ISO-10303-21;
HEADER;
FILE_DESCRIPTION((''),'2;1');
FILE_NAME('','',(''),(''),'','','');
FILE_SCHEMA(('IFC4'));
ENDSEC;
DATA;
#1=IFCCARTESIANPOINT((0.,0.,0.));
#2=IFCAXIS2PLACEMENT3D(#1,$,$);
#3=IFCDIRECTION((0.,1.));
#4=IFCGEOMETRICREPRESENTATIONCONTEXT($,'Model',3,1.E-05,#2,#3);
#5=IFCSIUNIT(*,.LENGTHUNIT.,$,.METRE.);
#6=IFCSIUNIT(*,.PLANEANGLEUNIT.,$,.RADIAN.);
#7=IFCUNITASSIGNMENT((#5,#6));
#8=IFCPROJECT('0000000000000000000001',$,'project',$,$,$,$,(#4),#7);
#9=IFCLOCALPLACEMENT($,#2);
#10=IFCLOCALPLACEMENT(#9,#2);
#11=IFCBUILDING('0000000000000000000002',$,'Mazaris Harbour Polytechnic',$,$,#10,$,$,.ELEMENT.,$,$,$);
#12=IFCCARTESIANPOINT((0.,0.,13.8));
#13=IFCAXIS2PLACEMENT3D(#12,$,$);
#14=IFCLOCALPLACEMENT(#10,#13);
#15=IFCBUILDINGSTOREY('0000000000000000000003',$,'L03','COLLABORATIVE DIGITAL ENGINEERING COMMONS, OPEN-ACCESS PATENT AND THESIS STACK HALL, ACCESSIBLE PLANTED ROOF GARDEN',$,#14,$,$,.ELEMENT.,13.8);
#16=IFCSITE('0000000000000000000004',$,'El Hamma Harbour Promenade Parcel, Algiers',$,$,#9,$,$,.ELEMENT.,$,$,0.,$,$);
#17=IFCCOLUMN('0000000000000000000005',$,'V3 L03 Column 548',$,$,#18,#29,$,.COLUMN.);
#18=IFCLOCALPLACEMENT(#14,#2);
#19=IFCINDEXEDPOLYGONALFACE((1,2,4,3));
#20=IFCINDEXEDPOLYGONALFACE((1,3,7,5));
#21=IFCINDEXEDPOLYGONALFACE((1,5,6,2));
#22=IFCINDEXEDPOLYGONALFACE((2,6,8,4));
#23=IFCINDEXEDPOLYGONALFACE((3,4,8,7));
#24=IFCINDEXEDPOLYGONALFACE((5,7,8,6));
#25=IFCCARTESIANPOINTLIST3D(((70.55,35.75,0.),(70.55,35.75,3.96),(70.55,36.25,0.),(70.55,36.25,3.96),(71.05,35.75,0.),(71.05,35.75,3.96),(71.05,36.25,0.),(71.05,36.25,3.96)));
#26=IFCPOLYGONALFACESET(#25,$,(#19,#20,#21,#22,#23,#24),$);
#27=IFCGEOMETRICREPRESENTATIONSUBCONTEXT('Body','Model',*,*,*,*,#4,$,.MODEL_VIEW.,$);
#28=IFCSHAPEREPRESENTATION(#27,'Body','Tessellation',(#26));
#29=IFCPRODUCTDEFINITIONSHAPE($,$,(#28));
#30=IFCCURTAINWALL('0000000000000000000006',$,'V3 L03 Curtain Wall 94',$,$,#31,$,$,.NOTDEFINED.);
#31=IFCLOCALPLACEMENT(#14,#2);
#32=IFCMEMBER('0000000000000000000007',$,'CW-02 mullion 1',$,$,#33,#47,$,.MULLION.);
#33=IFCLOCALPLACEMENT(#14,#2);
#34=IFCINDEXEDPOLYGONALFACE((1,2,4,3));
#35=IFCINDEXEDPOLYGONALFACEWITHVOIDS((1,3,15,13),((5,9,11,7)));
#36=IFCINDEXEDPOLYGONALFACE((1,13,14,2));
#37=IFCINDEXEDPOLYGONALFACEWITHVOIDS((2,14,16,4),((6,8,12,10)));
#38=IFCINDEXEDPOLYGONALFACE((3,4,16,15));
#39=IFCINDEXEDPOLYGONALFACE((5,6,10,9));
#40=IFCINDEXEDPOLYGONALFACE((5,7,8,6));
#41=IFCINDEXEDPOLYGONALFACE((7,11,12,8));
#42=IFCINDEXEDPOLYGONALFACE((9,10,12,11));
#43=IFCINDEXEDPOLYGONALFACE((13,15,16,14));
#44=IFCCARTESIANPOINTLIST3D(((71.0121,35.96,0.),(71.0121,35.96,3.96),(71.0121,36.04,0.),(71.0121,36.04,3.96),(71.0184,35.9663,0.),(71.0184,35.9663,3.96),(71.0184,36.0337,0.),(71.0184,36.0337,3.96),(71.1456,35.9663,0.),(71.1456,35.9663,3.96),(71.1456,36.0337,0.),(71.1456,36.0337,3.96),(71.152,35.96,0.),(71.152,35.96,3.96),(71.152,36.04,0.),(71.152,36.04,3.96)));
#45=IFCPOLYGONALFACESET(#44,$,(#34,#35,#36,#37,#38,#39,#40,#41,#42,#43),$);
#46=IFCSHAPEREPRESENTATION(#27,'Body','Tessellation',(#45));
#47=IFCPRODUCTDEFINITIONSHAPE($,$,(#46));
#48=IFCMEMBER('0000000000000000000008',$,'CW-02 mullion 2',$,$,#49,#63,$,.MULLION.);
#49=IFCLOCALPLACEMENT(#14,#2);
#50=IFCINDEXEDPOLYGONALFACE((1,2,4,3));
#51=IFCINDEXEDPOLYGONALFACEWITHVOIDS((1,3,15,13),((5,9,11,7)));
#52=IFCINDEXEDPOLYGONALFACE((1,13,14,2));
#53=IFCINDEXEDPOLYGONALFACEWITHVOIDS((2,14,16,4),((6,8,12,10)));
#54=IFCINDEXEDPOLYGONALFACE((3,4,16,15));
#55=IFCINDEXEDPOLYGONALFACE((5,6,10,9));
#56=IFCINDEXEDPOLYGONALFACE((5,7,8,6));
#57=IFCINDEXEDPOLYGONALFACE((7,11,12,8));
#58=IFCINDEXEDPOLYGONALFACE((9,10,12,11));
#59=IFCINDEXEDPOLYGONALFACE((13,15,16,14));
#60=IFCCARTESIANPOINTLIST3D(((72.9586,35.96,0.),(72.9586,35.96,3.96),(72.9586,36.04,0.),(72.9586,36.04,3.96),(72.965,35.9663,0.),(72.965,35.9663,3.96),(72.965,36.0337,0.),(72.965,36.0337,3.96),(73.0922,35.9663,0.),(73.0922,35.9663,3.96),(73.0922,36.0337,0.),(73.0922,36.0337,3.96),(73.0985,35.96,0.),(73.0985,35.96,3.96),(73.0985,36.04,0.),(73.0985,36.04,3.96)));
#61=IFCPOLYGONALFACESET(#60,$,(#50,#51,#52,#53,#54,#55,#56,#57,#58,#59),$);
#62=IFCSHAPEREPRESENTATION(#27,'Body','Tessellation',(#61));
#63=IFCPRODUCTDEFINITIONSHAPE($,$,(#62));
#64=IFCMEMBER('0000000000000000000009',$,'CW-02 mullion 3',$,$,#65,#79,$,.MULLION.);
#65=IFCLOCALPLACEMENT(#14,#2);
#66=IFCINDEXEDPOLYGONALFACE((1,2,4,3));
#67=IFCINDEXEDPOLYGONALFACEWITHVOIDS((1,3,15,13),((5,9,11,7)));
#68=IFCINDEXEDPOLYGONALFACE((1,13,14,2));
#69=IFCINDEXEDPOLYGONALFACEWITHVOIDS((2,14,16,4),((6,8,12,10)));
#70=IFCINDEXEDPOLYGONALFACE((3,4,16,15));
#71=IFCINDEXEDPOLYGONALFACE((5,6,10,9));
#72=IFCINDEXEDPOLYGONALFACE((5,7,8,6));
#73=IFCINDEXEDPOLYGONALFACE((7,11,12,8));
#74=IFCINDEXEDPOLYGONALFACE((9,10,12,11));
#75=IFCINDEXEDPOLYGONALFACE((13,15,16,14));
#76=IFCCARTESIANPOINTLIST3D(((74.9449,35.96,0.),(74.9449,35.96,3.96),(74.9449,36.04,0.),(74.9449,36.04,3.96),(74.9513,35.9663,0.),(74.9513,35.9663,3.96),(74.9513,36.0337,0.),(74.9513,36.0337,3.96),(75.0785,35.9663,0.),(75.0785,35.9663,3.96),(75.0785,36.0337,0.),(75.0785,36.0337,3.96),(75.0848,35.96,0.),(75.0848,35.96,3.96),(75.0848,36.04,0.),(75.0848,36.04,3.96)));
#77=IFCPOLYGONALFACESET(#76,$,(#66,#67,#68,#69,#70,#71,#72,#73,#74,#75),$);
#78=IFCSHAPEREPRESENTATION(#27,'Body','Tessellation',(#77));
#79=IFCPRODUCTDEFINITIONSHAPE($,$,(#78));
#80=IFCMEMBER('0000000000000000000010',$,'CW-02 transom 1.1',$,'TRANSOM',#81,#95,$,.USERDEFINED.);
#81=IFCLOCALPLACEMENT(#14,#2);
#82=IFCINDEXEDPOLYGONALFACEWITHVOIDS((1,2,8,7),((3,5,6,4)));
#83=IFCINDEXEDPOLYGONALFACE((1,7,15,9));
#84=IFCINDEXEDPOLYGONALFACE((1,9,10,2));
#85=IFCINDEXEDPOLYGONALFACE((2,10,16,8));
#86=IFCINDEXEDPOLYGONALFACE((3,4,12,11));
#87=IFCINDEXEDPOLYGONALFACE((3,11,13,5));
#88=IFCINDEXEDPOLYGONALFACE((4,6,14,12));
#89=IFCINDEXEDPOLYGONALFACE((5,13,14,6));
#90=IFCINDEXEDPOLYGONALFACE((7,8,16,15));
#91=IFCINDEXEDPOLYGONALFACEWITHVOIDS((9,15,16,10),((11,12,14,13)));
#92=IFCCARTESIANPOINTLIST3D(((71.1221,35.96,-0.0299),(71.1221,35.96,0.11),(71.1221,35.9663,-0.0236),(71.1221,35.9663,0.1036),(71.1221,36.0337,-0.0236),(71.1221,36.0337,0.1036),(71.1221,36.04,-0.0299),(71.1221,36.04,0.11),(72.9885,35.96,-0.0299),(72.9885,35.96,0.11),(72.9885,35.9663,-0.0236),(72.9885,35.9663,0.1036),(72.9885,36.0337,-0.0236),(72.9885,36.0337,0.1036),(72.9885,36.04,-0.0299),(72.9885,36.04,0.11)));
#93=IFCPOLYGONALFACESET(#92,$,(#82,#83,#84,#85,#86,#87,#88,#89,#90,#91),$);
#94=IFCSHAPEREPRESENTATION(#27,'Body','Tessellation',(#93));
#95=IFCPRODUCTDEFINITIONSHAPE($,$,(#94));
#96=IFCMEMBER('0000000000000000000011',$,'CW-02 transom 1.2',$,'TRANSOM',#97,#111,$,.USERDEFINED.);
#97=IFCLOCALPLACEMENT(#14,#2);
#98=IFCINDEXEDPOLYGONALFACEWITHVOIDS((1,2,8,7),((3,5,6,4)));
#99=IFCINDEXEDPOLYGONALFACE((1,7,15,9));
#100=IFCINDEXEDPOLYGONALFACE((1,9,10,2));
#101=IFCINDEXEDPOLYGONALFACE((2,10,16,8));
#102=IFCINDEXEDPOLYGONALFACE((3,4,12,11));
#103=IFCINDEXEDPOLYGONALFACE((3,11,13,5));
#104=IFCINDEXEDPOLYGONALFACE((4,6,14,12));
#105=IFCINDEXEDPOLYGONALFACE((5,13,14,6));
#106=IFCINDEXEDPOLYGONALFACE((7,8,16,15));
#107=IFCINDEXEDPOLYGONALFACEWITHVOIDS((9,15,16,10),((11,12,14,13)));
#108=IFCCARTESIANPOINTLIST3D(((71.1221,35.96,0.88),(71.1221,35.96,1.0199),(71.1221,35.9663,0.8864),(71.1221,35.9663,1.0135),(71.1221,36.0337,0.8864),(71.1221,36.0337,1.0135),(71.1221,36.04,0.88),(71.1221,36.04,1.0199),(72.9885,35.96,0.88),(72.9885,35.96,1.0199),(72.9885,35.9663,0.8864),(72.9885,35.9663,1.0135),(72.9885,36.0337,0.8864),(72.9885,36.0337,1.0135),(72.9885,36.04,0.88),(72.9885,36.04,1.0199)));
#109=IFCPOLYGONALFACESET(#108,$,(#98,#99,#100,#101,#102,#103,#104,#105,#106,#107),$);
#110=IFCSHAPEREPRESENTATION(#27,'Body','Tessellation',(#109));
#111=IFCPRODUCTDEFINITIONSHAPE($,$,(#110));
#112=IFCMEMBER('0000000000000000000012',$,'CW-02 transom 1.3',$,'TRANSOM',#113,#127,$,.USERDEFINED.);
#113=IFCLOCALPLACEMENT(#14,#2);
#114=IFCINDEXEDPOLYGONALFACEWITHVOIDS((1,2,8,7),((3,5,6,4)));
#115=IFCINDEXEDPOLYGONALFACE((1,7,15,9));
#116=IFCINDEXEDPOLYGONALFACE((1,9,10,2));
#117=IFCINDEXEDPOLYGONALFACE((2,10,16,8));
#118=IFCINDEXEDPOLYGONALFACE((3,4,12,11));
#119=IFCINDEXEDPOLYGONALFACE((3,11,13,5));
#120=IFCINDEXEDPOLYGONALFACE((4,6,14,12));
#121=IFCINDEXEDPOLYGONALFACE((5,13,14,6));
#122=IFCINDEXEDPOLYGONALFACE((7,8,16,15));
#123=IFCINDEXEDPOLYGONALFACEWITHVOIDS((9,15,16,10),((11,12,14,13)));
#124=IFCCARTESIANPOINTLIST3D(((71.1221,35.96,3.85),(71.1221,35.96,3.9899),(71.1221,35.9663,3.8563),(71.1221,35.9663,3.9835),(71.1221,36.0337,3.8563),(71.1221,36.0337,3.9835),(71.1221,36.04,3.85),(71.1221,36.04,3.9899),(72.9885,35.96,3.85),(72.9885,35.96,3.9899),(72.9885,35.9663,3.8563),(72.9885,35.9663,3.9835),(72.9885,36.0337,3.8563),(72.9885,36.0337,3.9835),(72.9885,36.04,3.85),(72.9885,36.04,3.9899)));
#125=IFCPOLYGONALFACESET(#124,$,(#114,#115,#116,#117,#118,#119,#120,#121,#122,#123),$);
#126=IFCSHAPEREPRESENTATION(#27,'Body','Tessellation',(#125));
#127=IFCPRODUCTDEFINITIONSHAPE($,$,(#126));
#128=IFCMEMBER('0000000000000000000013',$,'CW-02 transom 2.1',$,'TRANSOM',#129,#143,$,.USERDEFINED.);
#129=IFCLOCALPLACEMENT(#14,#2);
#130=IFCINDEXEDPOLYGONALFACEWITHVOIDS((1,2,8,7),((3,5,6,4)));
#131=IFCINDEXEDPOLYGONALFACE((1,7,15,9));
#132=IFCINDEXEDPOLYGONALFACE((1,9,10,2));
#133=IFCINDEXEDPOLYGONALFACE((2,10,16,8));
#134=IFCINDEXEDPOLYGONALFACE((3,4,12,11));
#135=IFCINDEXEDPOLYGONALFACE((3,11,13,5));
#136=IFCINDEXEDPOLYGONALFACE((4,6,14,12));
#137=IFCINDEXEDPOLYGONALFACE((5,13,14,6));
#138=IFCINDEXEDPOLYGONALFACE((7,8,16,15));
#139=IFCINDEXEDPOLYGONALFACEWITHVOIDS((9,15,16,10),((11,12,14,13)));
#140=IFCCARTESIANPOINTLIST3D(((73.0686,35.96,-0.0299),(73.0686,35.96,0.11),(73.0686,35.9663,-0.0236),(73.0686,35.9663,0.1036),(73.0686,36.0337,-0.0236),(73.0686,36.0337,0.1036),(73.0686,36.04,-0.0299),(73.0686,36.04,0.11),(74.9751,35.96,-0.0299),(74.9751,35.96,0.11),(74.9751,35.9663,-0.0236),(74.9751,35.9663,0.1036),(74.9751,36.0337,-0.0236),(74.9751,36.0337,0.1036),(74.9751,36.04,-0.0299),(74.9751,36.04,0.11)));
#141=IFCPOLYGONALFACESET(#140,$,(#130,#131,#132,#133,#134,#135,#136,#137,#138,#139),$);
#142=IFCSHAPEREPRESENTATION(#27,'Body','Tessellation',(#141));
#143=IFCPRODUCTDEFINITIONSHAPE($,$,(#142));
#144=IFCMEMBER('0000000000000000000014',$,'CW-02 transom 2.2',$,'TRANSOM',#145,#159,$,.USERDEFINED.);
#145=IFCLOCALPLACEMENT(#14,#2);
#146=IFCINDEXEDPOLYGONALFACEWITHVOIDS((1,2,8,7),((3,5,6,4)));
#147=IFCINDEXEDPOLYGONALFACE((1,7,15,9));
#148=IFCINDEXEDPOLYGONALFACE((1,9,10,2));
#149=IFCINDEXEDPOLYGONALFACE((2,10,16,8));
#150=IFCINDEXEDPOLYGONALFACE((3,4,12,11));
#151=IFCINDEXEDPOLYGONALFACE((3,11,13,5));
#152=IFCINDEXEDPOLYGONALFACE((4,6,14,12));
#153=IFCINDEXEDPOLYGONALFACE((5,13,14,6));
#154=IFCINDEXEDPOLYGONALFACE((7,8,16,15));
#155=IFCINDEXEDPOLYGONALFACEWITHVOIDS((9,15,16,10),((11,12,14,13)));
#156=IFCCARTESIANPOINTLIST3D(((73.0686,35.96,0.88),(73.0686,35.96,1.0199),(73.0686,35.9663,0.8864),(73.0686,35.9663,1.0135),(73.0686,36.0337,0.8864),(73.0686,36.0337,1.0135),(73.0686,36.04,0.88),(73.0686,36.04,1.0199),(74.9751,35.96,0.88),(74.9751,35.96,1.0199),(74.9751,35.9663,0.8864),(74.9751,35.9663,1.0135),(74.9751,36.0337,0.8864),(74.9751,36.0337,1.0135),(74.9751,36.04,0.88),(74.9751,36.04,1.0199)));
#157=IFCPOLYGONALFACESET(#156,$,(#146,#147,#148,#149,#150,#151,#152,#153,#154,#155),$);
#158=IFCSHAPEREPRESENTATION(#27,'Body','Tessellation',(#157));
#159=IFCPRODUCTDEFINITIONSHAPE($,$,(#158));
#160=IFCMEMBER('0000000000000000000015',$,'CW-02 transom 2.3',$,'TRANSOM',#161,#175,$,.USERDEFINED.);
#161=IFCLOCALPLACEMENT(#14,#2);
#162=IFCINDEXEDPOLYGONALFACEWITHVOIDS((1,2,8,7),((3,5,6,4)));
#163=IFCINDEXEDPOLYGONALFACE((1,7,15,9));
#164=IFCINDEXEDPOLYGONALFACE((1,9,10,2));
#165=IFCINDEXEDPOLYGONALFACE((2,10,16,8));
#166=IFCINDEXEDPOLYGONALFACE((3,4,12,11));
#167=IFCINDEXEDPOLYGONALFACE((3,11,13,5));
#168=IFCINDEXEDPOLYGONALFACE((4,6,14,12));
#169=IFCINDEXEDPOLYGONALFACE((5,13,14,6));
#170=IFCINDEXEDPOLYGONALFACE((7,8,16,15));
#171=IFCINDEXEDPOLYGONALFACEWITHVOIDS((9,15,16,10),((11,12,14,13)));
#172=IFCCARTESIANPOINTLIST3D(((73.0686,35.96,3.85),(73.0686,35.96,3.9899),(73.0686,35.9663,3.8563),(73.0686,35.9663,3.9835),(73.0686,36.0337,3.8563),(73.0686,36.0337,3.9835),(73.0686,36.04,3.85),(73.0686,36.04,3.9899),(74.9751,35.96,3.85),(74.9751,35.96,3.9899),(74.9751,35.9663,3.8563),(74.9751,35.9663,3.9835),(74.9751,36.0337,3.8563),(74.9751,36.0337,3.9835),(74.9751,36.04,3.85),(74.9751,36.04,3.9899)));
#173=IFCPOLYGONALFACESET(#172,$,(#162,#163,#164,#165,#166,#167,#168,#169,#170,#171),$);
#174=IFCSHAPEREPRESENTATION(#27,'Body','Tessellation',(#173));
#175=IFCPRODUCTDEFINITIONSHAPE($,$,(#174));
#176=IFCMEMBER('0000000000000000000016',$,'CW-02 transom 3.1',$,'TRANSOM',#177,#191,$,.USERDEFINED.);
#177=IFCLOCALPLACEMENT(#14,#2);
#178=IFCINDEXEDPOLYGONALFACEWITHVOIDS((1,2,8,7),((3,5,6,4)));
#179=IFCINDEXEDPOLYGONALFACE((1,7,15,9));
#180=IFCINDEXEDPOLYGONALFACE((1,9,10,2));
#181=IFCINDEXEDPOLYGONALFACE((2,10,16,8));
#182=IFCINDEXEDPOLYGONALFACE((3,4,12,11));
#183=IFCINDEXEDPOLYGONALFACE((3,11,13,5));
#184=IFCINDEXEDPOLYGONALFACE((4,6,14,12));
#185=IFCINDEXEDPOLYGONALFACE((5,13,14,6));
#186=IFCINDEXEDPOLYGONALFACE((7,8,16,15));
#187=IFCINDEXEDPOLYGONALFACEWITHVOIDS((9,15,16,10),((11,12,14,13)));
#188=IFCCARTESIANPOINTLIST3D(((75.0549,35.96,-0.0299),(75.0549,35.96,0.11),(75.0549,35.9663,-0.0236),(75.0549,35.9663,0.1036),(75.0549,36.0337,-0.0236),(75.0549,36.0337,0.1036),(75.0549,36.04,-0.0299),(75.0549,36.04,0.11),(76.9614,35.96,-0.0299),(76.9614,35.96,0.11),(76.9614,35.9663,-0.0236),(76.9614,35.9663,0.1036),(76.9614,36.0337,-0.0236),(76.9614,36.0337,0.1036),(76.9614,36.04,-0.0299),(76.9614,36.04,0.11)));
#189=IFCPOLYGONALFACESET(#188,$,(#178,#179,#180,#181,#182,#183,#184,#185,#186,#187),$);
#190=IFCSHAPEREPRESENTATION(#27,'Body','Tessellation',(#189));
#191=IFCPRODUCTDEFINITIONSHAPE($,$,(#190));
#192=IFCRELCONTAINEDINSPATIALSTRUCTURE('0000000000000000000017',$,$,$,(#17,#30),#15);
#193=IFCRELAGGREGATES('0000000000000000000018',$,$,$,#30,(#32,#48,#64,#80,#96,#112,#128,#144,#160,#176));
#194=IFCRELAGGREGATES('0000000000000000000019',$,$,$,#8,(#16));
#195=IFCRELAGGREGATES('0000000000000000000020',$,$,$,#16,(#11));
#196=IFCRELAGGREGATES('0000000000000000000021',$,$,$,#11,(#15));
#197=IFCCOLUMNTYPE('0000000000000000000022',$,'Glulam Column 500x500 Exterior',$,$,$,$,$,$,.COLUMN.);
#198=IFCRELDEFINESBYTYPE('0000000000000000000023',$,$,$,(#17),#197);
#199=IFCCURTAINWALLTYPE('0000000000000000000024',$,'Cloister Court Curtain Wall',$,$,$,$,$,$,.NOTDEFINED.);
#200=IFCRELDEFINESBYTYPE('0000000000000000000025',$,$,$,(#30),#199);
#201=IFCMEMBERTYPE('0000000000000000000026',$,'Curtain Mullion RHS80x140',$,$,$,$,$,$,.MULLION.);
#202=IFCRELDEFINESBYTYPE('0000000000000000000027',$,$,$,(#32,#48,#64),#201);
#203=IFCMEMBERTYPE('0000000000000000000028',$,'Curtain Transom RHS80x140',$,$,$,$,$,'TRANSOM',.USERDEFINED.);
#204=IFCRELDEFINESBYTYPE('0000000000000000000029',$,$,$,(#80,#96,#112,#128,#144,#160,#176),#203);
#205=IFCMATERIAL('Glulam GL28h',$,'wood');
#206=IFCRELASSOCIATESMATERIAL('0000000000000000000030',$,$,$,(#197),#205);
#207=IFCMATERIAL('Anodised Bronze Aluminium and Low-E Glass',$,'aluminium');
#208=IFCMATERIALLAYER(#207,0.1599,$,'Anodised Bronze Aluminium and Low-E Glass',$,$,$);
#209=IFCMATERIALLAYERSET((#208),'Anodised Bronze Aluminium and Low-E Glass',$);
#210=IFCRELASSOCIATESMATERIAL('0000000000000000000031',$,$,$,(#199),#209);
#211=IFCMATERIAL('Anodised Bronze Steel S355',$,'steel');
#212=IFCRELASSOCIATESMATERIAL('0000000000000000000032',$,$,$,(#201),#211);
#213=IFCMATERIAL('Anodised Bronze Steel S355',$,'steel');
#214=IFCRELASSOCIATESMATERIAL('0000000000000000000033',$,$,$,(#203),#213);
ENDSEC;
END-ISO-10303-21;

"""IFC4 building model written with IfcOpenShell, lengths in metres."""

from ifc_helpers import new_model, si_unit, direction, frame, origin, origin_2d, place, context, subcontext, project, spatial, rectangle, hollow_rectangle, extrude, material, layer, layer_set, material_profile, profile_set, type_object, element, aggregate, save


model = new_model("IFC4")

# Units and contexts
model_context = context("Model", 3, precision=1e-05, world=origin(), true_north=direction((0.0, 1.0)))
body_context = subcontext(model_context, "Body", "Model", "MODEL_VIEW")
ifc_project = project(units=[si_unit("LENGTHUNIT", "METRE"), si_unit("PLANEANGLEUNIT", "RADIAN")], contexts=[model_context])

# Site, building, storey
site_placement = place(None, origin())
site = spatial("IfcSite", under=ifc_project, at=site_placement, Name="El Hamma Harbour Promenade Parcel, Algiers", CompositionType="ELEMENT", RefElevation=0.0)
building_placement = place(site_placement, origin())
building = spatial("IfcBuilding", under=site, at=building_placement, Name="Mazaris Harbour Polytechnic", CompositionType="ELEMENT")
storey_placement = place(building_placement, frame((0.0, 0.0, 13.8)))
storey = spatial("IfcBuildingStorey", under=building, at=storey_placement, Name="L03", Description="COLLABORATIVE DIGITAL ENGINEERING COMMONS, OPEN-ACCESS PATENT AND THESIS STACK HALL, ACCESSIBLE PLANTED ROOF GARDEN", CompositionType="ELEMENT", Elevation=13.8)

# Column
ifc_material_1 = material(Name="Glulam GL28h", Category="wood")
ifc_material_profile_1 = material_profile(ifc_material_1, rectangle(XDim=0.5, YDim=0.5, at=origin_2d()), Name="RECT500x500")
ifc_profile_set_1 = profile_set([ifc_material_profile_1], Name="Glulam GL28h")
column_type = type_object("IfcColumnType", Name="Glulam Column 500x500 Exterior", PredefinedType="COLUMN", material=ifc_profile_set_1)
column_placement = place(storey_placement, frame((70.8, 36.0, 0.0), z_axis=(0.0, 0.0, 1.0), x_axis=(1.0, 0.0, 0.0)))
element("IfcColumn", 1, at=column_placement, inside=storey, type_object=column_type, Name="V3 L03 Column 548", PredefinedType="COLUMN", context=body_context, shape_type="SweptSolid", body=[
    extrude(rectangle(XDim=0.5, YDim=0.5, at=origin_2d()), origin(), (0.0, 0.0, 1.0), 3.96),
])

# Curtain wall, members
ifc_material_2 = material(Name="Anodised Bronze Aluminium and Low-E Glass", Category="aluminium")
ifc_layer_1 = layer(ifc_material_2, 0.1599, Name="Anodised Bronze Aluminium and Low-E Glass")
ifc_layer_set_1 = layer_set([ifc_layer_1], Name="Anodised Bronze Aluminium and Low-E Glass")
curtain_wall_type = type_object("IfcCurtainWallType", Name="Cloister Court Curtain Wall", PredefinedType="NOTDEFINED", material=ifc_layer_set_1)
curtain_wall_placement = place(storey_placement, origin())
curtain_wall = element("IfcCurtainWall", 2, at=curtain_wall_placement, inside=storey, type_object=curtain_wall_type, Name="V3 L03 Curtain Wall 94", PredefinedType="NOTDEFINED")
ifc_material_3 = material(Name="Anodised Bronze Steel S355", Category="steel")
ifc_material_profile_2 = material_profile(ifc_material_3, hollow_rectangle(XDim=0.0801, YDim=0.1399, WallThickness=0.0063, at=origin_2d()), Name="RHS 80x140x6.3")
ifc_profile_set_2 = profile_set([ifc_material_profile_2], Name="Anodised Bronze Steel S355")
member_type_1 = type_object("IfcMemberType", Name="Curtain Mullion RHS80x140", PredefinedType="MULLION", material=ifc_profile_set_2)
member_1_placement = place(storey_placement, frame((71.082, 36.0, 0.0), z_axis=(0.0, 0.0, 1.0), x_axis=(0.0, 1.0, 0.0)))
member_1 = element("IfcMember", 3, at=member_1_placement, type_object=member_type_1, Name="CW-02 mullion 1", PredefinedType="MULLION", context=body_context, shape_type="SweptSolid", body=[
    extrude(hollow_rectangle(XDim=0.0801, YDim=0.1399, WallThickness=0.0063, at=origin_2d()), origin(), (0.0, 0.0, 1.0), 3.96),
])
member_2_placement = place(storey_placement, frame((73.0286, 36.0, 0.0), z_axis=(0.0, 0.0, 1.0), x_axis=(0.0, 1.0, 0.0)))
member_2 = element("IfcMember", 4, at=member_2_placement, type_object=member_type_1, Name="CW-02 mullion 2", PredefinedType="MULLION", context=body_context, shape_type="SweptSolid", body=[
    extrude(hollow_rectangle(XDim=0.0801, YDim=0.1399, WallThickness=0.0063, at=origin_2d()), origin(), (0.0, 0.0, 1.0), 3.96),
])
member_3_placement = place(storey_placement, frame((75.0149, 36.0, 0.0), z_axis=(0.0, 0.0, 1.0), x_axis=(0.0, 1.0, 0.0)))
member_3 = element("IfcMember", 5, at=member_3_placement, type_object=member_type_1, Name="CW-02 mullion 3", PredefinedType="MULLION", context=body_context, shape_type="SweptSolid", body=[
    extrude(hollow_rectangle(XDim=0.0801, YDim=0.1399, WallThickness=0.0063, at=origin_2d()), origin(), (0.0, 0.0, 1.0), 3.96),
])
ifc_material_4 = material(Name="Anodised Bronze Steel S355", Category="steel")
ifc_material_profile_3 = material_profile(ifc_material_4, hollow_rectangle(XDim=0.0801, YDim=0.1399, WallThickness=0.0063, at=origin_2d()), Name="RHS 80x140x6.3")
ifc_profile_set_3 = profile_set([ifc_material_profile_3], Name="Anodised Bronze Steel S355")
member_type_2 = type_object("IfcMemberType", Name="Curtain Transom RHS80x140", ElementType="TRANSOM", PredefinedType="USERDEFINED", material=ifc_profile_set_3)
member_4_placement = place(storey_placement, frame((71.1221, 36.0, 0.04), z_axis=(1.0, 0.0, 0.0), x_axis=(0.0, 1.0, 0.0)))
member_4 = element("IfcMember", 6, at=member_4_placement, type_object=member_type_2, Name="CW-02 transom 1.1", ObjectType="TRANSOM", PredefinedType="USERDEFINED", context=body_context, shape_type="SweptSolid", body=[
    extrude(hollow_rectangle(XDim=0.0801, YDim=0.1399, WallThickness=0.0063, at=origin_2d()), origin(), (0.0, 0.0, 1.0), 1.8665),
])
member_5_placement = place(storey_placement, frame((71.1221, 36.0, 0.95), z_axis=(1.0, 0.0, 0.0), x_axis=(0.0, 1.0, 0.0)))
member_5 = element("IfcMember", 7, at=member_5_placement, type_object=member_type_2, Name="CW-02 transom 1.2", ObjectType="TRANSOM", PredefinedType="USERDEFINED", context=body_context, shape_type="SweptSolid", body=[
    extrude(hollow_rectangle(XDim=0.0801, YDim=0.1399, WallThickness=0.0063, at=origin_2d()), origin(), (0.0, 0.0, 1.0), 1.8665),
])
member_6_placement = place(storey_placement, frame((71.1221, 36.0, 3.9199), z_axis=(1.0, 0.0, 0.0), x_axis=(0.0, 1.0, 0.0)))
member_6 = element("IfcMember", 8, at=member_6_placement, type_object=member_type_2, Name="CW-02 transom 1.3", ObjectType="TRANSOM", PredefinedType="USERDEFINED", context=body_context, shape_type="SweptSolid", body=[
    extrude(hollow_rectangle(XDim=0.0801, YDim=0.1399, WallThickness=0.0063, at=origin_2d()), origin(), (0.0, 0.0, 1.0), 1.8665),
])
member_7_placement = place(storey_placement, frame((73.0686, 36.0, 0.04), z_axis=(1.0, 0.0, 0.0), x_axis=(0.0, 1.0, 0.0)))
member_7 = element("IfcMember", 9, at=member_7_placement, type_object=member_type_2, Name="CW-02 transom 2.1", ObjectType="TRANSOM", PredefinedType="USERDEFINED", context=body_context, shape_type="SweptSolid", body=[
    extrude(hollow_rectangle(XDim=0.0801, YDim=0.1399, WallThickness=0.0063, at=origin_2d()), origin(), (0.0, 0.0, 1.0), 1.9065),
])
member_8_placement = place(storey_placement, frame((73.0686, 36.0, 0.95), z_axis=(1.0, 0.0, 0.0), x_axis=(0.0, 1.0, 0.0)))
member_8 = element("IfcMember", 10, at=member_8_placement, type_object=member_type_2, Name="CW-02 transom 2.2", ObjectType="TRANSOM", PredefinedType="USERDEFINED", context=body_context, shape_type="SweptSolid", body=[
    extrude(hollow_rectangle(XDim=0.0801, YDim=0.1399, WallThickness=0.0063, at=origin_2d()), origin(), (0.0, 0.0, 1.0), 1.9065),
])
member_9_placement = place(storey_placement, frame((73.0686, 36.0, 3.9199), z_axis=(1.0, 0.0, 0.0), x_axis=(0.0, 1.0, 0.0)))
member_9 = element("IfcMember", 11, at=member_9_placement, type_object=member_type_2, Name="CW-02 transom 2.3", ObjectType="TRANSOM", PredefinedType="USERDEFINED", context=body_context, shape_type="SweptSolid", body=[
    extrude(hollow_rectangle(XDim=0.0801, YDim=0.1399, WallThickness=0.0063, at=origin_2d()), origin(), (0.0, 0.0, 1.0), 1.9065),
])
member_10_placement = place(storey_placement, frame((75.0549, 36.0, 0.04), z_axis=(1.0, 0.0, 0.0), x_axis=(0.0, 1.0, 0.0)))
member_10 = element("IfcMember", 12, at=member_10_placement, type_object=member_type_2, Name="CW-02 transom 3.1", ObjectType="TRANSOM", PredefinedType="USERDEFINED", context=body_context, shape_type="SweptSolid", body=[
    extrude(hollow_rectangle(XDim=0.0801, YDim=0.1399, WallThickness=0.0063, at=origin_2d()), origin(), (0.0, 0.0, 1.0), 1.9065),
])

aggregate(curtain_wall, [member_1, member_2, member_3, member_4, member_5, member_6, member_7, member_8, member_9, member_10])

save(model, "model.ifc")
